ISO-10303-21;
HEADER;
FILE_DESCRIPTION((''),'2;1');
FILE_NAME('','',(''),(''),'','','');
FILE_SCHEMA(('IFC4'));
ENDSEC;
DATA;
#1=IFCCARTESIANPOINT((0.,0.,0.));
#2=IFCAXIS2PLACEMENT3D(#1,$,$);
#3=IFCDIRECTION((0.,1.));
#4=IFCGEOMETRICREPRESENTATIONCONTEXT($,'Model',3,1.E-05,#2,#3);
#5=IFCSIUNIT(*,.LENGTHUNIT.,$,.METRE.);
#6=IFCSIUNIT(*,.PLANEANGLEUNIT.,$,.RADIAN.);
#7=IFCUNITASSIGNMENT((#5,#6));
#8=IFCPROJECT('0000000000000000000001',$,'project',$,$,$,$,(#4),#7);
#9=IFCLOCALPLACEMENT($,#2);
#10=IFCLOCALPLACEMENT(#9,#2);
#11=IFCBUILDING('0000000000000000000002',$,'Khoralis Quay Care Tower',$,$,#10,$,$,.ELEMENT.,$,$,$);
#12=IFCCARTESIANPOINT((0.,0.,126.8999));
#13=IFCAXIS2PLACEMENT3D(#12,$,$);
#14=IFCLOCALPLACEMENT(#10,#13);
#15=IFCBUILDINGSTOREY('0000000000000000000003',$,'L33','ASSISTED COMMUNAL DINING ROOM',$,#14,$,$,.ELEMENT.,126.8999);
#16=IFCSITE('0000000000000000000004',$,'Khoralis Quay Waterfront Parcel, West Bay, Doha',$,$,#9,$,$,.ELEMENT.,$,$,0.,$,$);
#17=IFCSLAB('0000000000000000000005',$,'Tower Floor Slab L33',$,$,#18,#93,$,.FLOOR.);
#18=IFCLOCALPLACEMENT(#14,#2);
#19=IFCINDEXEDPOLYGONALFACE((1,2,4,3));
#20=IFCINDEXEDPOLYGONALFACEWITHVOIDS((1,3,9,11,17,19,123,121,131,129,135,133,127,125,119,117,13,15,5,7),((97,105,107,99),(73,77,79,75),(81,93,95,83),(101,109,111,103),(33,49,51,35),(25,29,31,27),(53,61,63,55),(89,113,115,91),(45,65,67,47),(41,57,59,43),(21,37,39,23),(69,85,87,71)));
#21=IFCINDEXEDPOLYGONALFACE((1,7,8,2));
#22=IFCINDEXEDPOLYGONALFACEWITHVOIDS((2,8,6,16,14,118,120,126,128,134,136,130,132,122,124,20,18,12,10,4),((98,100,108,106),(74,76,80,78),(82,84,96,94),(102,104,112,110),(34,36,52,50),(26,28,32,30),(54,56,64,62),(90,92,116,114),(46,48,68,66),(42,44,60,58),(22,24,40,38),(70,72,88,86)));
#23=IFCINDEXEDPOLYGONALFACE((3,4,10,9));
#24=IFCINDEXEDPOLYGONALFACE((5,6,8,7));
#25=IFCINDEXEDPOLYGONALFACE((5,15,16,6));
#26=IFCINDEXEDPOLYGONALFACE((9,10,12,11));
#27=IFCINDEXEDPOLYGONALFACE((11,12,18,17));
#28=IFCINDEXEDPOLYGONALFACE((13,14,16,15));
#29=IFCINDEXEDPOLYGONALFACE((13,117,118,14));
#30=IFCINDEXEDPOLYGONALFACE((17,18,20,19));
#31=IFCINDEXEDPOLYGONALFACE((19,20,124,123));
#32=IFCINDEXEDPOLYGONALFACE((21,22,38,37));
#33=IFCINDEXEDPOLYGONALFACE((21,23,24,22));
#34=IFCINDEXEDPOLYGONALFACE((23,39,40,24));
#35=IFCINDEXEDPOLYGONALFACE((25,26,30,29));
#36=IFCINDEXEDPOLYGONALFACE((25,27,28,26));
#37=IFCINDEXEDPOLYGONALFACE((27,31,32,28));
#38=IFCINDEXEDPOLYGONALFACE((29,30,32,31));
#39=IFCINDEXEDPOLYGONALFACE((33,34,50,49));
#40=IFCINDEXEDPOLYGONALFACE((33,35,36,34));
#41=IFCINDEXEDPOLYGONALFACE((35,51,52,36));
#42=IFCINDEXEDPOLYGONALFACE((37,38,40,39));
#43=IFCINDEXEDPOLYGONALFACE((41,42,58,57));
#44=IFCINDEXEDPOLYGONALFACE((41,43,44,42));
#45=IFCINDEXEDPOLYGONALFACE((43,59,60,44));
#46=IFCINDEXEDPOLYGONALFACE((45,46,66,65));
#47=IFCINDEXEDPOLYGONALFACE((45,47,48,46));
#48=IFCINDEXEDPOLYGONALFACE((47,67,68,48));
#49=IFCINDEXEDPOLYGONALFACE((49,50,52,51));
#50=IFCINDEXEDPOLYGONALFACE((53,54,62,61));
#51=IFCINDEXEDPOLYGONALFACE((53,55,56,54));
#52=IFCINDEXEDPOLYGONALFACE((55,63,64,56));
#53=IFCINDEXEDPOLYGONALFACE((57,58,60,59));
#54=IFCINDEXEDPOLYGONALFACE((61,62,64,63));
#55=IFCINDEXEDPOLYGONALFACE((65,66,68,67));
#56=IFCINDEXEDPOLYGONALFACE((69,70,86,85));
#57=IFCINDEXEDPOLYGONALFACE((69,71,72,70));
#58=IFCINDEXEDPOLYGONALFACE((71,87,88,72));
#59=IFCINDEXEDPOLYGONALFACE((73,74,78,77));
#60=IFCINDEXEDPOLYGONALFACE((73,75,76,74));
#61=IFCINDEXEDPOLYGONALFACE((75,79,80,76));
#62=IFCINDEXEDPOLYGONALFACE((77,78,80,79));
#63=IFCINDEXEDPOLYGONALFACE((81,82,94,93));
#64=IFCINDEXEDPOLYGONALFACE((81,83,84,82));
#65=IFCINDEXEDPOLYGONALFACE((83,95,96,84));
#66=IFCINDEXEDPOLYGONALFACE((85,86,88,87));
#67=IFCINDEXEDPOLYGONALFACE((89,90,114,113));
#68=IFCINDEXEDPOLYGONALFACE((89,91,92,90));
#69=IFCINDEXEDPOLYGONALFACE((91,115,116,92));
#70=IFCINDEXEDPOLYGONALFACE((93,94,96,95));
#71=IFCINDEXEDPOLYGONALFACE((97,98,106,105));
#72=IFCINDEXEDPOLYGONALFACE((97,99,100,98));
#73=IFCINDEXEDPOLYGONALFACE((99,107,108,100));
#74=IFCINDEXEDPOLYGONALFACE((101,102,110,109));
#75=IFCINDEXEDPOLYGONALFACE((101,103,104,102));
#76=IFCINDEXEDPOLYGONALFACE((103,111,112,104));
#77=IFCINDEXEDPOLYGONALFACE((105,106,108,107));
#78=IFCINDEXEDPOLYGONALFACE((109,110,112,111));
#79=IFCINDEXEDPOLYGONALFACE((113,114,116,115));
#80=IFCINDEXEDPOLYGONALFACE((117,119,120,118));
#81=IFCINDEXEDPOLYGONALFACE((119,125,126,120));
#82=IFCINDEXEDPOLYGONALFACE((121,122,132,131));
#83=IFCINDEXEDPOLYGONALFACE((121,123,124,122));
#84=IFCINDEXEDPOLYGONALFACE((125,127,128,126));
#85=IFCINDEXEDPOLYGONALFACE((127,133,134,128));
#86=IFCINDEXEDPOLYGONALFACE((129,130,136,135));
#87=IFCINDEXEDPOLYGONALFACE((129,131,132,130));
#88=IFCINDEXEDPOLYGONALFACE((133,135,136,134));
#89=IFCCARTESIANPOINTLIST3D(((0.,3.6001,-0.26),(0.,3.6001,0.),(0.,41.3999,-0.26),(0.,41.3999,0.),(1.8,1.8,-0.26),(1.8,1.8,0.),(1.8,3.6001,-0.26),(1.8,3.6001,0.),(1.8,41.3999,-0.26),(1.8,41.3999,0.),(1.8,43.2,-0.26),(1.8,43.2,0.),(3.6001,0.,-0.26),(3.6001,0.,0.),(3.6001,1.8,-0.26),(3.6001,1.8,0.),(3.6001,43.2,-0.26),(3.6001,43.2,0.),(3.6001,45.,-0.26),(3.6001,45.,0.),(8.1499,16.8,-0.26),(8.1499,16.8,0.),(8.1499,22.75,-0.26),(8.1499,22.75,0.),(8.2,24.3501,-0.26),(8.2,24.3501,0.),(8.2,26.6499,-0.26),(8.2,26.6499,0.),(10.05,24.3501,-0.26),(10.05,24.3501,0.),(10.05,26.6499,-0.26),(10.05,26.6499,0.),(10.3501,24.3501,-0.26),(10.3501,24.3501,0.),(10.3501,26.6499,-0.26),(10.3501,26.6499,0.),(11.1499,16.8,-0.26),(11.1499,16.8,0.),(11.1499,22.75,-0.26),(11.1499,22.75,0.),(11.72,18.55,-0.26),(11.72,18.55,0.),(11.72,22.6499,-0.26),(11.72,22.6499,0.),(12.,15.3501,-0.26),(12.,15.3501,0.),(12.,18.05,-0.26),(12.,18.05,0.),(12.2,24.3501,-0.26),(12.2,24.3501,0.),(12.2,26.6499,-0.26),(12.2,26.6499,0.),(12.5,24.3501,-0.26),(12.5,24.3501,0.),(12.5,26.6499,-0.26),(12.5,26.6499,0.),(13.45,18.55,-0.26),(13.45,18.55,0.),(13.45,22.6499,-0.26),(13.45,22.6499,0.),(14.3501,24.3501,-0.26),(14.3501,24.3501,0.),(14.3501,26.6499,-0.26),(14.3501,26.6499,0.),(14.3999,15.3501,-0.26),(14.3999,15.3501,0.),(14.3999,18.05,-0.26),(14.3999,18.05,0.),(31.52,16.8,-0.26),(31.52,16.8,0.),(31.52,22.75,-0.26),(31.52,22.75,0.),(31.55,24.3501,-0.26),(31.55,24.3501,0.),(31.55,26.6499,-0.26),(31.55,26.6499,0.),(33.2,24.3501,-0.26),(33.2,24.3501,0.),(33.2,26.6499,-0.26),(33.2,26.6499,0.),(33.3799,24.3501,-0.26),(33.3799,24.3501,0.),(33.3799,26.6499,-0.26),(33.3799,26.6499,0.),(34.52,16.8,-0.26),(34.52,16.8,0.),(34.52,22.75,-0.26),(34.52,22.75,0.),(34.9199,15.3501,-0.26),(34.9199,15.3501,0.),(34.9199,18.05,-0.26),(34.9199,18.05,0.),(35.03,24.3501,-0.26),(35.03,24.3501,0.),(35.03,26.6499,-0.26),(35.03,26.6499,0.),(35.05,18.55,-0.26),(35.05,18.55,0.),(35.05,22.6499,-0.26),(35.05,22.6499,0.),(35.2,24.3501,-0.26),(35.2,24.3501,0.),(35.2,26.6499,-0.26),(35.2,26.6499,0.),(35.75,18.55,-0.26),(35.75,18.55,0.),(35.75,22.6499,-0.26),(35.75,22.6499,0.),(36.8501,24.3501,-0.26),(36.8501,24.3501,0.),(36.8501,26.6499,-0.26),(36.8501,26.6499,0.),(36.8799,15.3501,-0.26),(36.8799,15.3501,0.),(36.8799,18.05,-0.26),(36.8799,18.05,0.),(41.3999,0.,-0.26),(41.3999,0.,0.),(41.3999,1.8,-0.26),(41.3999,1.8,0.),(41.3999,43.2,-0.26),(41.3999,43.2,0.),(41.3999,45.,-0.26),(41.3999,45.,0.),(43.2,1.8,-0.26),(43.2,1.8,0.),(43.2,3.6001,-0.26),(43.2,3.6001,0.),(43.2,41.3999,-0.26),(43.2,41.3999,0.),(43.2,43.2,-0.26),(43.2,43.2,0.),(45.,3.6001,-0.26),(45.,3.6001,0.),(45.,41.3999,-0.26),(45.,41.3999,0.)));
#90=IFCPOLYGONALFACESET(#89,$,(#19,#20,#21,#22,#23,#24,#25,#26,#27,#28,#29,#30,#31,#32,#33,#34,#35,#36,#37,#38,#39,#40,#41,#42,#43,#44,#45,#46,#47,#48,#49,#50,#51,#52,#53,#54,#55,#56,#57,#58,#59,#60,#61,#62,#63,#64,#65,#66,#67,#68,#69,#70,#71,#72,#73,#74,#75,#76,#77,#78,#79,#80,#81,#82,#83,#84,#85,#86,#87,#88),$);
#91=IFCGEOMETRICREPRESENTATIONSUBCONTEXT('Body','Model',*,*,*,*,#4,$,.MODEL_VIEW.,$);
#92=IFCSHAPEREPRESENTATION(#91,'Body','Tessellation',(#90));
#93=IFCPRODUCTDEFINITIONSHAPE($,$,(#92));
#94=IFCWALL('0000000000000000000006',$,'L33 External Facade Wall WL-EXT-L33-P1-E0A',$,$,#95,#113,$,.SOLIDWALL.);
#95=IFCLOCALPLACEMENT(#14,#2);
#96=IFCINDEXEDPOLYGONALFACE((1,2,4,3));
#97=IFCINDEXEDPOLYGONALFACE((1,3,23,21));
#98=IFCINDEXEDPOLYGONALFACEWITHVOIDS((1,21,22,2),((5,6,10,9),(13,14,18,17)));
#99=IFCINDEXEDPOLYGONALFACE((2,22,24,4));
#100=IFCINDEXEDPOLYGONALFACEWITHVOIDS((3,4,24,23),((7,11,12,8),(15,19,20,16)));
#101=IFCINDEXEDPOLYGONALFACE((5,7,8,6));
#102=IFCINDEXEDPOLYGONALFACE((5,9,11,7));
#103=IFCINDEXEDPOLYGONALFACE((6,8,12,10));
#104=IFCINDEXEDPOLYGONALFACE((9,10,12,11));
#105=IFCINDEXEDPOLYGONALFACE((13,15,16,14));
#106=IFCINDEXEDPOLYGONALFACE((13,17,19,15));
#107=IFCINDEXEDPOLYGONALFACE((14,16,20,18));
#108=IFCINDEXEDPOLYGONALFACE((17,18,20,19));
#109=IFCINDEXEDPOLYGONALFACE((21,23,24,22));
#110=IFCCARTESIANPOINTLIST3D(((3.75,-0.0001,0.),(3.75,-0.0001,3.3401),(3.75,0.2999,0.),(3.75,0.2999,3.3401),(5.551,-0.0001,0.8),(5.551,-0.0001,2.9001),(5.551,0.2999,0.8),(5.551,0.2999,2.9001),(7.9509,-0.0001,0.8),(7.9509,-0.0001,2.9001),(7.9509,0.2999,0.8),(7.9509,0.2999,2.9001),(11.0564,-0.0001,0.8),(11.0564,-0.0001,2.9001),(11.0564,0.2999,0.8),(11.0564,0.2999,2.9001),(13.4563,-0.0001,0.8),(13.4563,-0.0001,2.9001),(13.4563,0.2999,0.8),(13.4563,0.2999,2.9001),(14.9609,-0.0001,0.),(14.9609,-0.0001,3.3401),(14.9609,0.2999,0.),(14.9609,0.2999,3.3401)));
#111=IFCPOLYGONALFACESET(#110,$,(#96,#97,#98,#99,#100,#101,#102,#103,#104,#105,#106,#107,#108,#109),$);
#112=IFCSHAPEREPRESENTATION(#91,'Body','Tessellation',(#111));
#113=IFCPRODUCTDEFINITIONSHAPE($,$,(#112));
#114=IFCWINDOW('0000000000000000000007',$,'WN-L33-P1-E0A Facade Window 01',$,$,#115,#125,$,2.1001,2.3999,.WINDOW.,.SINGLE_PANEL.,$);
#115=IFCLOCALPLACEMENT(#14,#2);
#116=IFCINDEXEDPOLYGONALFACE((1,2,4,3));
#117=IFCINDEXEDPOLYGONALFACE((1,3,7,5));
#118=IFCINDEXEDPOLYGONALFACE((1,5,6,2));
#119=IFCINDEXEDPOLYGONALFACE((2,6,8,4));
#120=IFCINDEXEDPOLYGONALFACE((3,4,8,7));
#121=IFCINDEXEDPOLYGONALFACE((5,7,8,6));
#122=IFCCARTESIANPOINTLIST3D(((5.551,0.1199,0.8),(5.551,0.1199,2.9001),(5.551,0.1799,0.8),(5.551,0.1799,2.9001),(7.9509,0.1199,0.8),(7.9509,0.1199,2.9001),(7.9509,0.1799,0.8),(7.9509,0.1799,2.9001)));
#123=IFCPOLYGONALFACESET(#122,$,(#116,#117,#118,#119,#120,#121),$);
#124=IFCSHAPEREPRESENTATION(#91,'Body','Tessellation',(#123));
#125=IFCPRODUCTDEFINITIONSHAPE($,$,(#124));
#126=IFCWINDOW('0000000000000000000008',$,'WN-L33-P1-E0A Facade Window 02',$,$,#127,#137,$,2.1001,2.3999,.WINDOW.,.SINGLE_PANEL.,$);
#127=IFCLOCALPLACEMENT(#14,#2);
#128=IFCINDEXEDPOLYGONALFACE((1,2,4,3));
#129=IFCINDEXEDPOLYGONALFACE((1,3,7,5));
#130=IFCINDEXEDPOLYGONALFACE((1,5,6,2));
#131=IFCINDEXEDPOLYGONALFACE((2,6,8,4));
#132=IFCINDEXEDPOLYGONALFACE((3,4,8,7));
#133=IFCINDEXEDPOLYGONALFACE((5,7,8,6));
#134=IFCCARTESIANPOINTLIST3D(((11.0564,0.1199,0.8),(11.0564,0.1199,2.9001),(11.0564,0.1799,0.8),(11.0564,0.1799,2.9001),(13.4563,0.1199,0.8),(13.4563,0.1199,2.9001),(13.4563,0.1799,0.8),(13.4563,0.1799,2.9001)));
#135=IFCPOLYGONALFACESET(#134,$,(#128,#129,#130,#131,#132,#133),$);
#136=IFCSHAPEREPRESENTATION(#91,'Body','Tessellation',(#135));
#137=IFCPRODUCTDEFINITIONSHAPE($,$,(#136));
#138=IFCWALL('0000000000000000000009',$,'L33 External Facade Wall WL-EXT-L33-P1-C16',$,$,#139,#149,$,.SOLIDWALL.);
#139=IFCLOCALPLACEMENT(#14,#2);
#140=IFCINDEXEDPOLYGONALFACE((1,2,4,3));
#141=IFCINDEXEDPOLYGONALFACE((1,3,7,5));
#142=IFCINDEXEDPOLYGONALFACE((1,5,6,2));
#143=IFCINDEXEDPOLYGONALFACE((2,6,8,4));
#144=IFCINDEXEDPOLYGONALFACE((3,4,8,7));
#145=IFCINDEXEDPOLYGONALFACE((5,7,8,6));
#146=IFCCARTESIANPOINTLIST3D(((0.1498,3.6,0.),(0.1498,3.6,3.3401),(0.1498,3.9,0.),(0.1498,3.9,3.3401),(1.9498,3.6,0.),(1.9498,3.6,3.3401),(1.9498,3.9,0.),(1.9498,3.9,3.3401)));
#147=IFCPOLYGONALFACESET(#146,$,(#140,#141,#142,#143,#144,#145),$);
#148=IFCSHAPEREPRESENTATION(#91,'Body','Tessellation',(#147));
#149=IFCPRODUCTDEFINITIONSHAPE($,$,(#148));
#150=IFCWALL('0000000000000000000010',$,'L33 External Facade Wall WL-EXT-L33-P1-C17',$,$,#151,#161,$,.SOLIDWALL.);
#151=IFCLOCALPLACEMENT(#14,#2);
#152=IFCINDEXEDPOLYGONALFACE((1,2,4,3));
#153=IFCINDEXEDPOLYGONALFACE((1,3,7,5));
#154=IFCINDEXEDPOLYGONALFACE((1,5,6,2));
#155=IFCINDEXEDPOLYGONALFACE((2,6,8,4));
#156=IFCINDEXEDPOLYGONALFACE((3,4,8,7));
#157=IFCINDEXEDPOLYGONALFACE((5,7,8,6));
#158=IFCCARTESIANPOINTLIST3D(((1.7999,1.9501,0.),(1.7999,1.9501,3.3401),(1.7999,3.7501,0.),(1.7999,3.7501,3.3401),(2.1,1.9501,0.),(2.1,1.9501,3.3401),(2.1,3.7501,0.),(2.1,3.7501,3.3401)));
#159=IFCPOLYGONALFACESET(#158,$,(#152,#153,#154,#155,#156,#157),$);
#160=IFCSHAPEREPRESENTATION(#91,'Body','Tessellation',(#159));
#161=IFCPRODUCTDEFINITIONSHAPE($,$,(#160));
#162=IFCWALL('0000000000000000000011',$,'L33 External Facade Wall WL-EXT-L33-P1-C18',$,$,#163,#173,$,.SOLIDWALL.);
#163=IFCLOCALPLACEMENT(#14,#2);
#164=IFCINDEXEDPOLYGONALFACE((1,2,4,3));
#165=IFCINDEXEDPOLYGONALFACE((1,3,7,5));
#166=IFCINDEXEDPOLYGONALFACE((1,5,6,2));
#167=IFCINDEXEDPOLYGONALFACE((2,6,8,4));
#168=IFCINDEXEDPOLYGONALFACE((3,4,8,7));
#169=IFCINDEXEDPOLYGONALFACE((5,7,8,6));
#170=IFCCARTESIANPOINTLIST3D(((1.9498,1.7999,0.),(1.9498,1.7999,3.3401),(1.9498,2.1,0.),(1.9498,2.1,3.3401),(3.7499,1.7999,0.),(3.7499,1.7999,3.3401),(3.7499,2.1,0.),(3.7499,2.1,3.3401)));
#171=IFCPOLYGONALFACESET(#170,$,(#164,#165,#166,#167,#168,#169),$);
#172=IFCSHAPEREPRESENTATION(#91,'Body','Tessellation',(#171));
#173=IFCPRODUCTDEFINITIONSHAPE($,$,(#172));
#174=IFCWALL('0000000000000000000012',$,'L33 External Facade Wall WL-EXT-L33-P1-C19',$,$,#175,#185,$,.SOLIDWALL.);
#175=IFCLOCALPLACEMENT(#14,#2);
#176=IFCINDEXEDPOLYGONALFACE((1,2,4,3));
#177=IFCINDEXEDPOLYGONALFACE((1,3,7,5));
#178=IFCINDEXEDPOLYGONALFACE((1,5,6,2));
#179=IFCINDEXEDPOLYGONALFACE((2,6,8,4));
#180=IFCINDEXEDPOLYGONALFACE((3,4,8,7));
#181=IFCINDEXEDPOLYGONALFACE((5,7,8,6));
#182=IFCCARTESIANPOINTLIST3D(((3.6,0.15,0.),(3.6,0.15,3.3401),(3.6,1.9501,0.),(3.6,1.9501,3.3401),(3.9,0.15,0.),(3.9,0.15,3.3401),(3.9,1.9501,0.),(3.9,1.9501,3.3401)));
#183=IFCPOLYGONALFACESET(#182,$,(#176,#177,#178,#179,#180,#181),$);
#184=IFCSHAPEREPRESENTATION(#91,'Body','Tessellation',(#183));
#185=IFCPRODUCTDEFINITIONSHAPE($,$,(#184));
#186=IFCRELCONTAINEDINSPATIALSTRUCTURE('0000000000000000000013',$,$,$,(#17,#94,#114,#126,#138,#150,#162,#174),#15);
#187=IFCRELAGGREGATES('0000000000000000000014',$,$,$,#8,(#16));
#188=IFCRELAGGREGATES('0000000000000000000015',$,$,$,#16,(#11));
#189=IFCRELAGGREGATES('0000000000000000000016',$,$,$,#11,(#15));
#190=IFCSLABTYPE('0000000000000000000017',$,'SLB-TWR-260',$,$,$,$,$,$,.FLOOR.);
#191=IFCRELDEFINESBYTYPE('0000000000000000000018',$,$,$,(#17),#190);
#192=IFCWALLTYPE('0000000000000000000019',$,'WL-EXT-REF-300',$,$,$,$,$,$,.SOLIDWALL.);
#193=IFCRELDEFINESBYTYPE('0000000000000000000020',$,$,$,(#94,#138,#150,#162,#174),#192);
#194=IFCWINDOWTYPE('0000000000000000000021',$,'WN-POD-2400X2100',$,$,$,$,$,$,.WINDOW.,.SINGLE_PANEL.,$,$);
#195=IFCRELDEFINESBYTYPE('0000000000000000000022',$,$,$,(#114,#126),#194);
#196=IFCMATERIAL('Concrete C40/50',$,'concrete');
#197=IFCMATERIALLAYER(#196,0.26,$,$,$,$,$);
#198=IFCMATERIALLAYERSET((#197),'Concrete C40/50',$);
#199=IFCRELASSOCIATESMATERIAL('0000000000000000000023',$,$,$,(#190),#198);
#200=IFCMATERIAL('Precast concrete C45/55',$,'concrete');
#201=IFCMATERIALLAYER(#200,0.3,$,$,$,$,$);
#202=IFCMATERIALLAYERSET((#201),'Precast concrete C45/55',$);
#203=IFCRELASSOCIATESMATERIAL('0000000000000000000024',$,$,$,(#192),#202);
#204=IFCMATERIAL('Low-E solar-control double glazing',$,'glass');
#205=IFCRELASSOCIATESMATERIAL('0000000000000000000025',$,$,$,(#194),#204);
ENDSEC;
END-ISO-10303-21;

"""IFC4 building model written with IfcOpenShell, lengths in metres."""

from ifc_helpers import new_model, si_unit, direction, frame, frame_2d, origin, place, context, subcontext, project, spatial, polyline, rectangle, outline, extrude, source, transform, mapped, material, layer, layer_set, type_object, element, fill, save


model = new_model("IFC4")

# Units and contexts
model_context = context("Model", 3, precision=1e-05, world=origin(), true_north=direction((0.0, 1.0)))
body_context = subcontext(model_context, "Body", "Model", "MODEL_VIEW")
ifc_project = project(units=[si_unit("LENGTHUNIT", "METRE"), si_unit("PLANEANGLEUNIT", "RADIAN")], contexts=[model_context])

# Site, building, storey
site_placement = place(None, origin())
site = spatial("IfcSite", under=ifc_project, at=site_placement, Name="Khoralis Quay Waterfront Parcel, West Bay, Doha", CompositionType="ELEMENT", RefElevation=0.0)
building_placement = place(site_placement, origin())
building = spatial("IfcBuilding", under=site, at=building_placement, Name="Khoralis Quay Care Tower", CompositionType="ELEMENT")
storey_placement = place(building_placement, frame((0.0, 0.0, 126.8999)))
storey = spatial("IfcBuildingStorey", under=building, at=storey_placement, Name="L33", Description="ASSISTED COMMUNAL DINING ROOM", CompositionType="ELEMENT", Elevation=126.8999)

# Shared definitions
ifc_material_1 = material(Name="Precast concrete C45/55", Category="concrete")

# Slab
ifc_material_2 = material(Name="Concrete C40/50", Category="concrete")
ifc_layer_1 = layer(ifc_material_2, 0.26)
ifc_layer_set_1 = layer_set([ifc_layer_1], Name="Concrete C40/50")
slab_type_1 = type_object("IfcSlabType", Name="SLB-TWR-260", PredefinedType="FLOOR", material=ifc_layer_set_1)
slab_1_placement = place(storey_placement, frame((0.0, 0.0, -0.26)))
element("IfcSlab", 1, at=slab_1_placement, inside=storey, type_object=slab_type_1, Name="Tower Floor Slab L33", PredefinedType="FLOOR", context=body_context, shape_type="SweptSolid", body=[
    extrude(outline(polyline([(3.6001, 0.0), (41.3999, 0.0), (41.3999, 1.8), (43.2, 1.8), (43.2, 3.6001), (45.0, 3.6001), (45.0, 41.3999), (43.2, 41.3999), (43.2, 43.2), (41.3999, 43.2), (41.3999, 45.0), (3.6001, 45.0), (3.6001, 43.2), (1.8, 43.2), (1.8, 41.3999), (0.0, 41.3999), (0.0, 3.6001), (1.8, 3.6001), (1.8, 1.8), (3.6001, 1.8), (3.6001, 0.0)]), holes=[polyline([(11.1499, 16.8), (11.1499, 22.75), (8.1499, 22.75), (8.1499, 16.8), (11.1499, 16.8)]), polyline([(34.52, 16.8), (34.52, 22.75), (31.52, 22.75), (31.52, 16.8), (34.52, 16.8)]), polyline([(12.0, 15.3501), (14.3999, 15.3501), (14.3999, 18.05), (12.0, 18.05), (12.0, 15.3501)]), polyline([(34.9199, 15.3501), (36.8799, 15.3501), (36.8799, 18.05), (34.9199, 18.05), (34.9199, 15.3501)]), polyline([(8.2, 24.3501), (10.05, 24.3501), (10.05, 26.6499), (8.2, 26.6499), (8.2, 24.3501)]), polyline([(31.55, 24.3501), (33.2, 24.3501), (33.2, 26.6499), (31.55, 26.6499), (31.55, 24.3501)]), polyline([(10.3501, 24.3501), (12.2, 24.3501), (12.2, 26.6499), (10.3501, 26.6499), (10.3501, 24.3501)]), polyline([(33.3799, 24.3501), (35.03, 24.3501), (35.03, 26.6499), (33.3799, 26.6499), (33.3799, 24.3501)]), polyline([(12.5, 24.3501), (14.3501, 24.3501), (14.3501, 26.6499), (12.5, 26.6499), (12.5, 24.3501)]), polyline([(35.2, 24.3501), (36.8501, 24.3501), (36.8501, 26.6499), (35.2, 26.6499), (35.2, 24.3501)]), polyline([(11.72, 18.55), (13.45, 18.55), (13.45, 22.6499), (11.72, 22.6499), (11.72, 18.55)]), polyline([(35.05, 18.55), (35.75, 18.55), (35.75, 22.6499), (35.05, 22.6499), (35.05, 18.55)])]), origin(), (0.0, 0.0, 1.0), 0.26),
])

# Wall, openings, windows
ifc_layer_2 = layer(ifc_material_1, 0.3)
ifc_layer_set_2 = layer_set([ifc_layer_2], Name="Precast concrete C45/55")
wall_type_1 = type_object("IfcWallType", Name="WL-EXT-REF-300", PredefinedType="SOLIDWALL", material=ifc_layer_set_2)
wall_1_placement = place(storey_placement, frame((3.75, 0.1499, 0.0), z_axis=(0.0, 0.0, 1.0), x_axis=(1.0, 0.0, 0.0)))
wall_1 = element("IfcWall", 2, at=wall_1_placement, inside=storey, type_object=wall_type_1, Name="L33 External Facade Wall WL-EXT-L33-P1-E0A", PredefinedType="SOLIDWALL", context=body_context, shape_type="SweptSolid", body=[
    extrude(rectangle(XDim=11.2109, YDim=0.3, at=frame_2d((5.6055, 0.0))), origin(), (0.0, 0.0, 1.0), 3.3401),
])
opening_1_placement = place(wall_1_placement, frame((1.801, 0.0, 0.8)))
opening_1 = element("IfcOpeningElement", 3, at=opening_1_placement, cuts=wall_1, PredefinedType="OPENING", context=body_context, shape_type="SweptSolid", body=[
    extrude(rectangle(XDim=2.3999, YDim=2.1001, at=frame_2d((1.2, 1.05))), frame((0.0, 0.1602, 0.0), z_axis=(0.0, -1.0, 0.0), x_axis=(1.0, 0.0, 0.0)), (0.0, 0.0, 1.0), 0.3201),
])
opening_2_placement = place(wall_1_placement, frame((7.3064, 0.0, 0.8)))
opening_2 = element("IfcOpeningElement", 4, at=opening_2_placement, cuts=wall_1, PredefinedType="OPENING", context=body_context, shape_type="SweptSolid", body=[
    extrude(rectangle(XDim=2.3999, YDim=2.1001, at=frame_2d((1.2, 1.05))), frame((0.0, 0.1602, 0.0), z_axis=(0.0, -1.0, 0.0), x_axis=(1.0, 0.0, 0.0)), (0.0, 0.0, 1.0), 0.3201),
])
ifc_material_3 = material(Name="Low-E solar-control double glazing", Category="glass")
window_type = type_object("IfcWindowType", Name="WN-POD-2400X2100", PartitioningType="SINGLE_PANEL", PredefinedType="WINDOW", material=ifc_material_3)
shared_shape_1 = source(origin(), body_context, "Body", "SweptSolid", [
    extrude(rectangle(XDim=2.3999, YDim=2.1001, at=frame_2d((1.2, 1.05))), frame((0.0, 0.03, 0.0), z_axis=(0.0, -1.0, 0.0), x_axis=(1.0, 0.0, 0.0)), (0.0, 0.0, 1.0), 0.0601),
])
window_1_placement = place(opening_1_placement, origin())
window_1 = element("IfcWindow", 5, at=window_1_placement, inside=storey, type_object=window_type, Name="WN-L33-P1-E0A Facade Window 01", OverallHeight=2.1001, OverallWidth=2.3999, PartitioningType="SINGLE_PANEL", PredefinedType="WINDOW", context=body_context, shape_type="MappedRepresentation", body=[
    mapped(shared_shape_1, transform((0.0, 0.0, 0.0), scale=1.0)),
])
fill(opening_1, window_1)
window_2_placement = place(opening_2_placement, origin())
window_2 = element("IfcWindow", 6, at=window_2_placement, inside=storey, type_object=window_type, Name="WN-L33-P1-E0A Facade Window 02", OverallHeight=2.1001, OverallWidth=2.3999, PartitioningType="SINGLE_PANEL", PredefinedType="WINDOW", context=body_context, shape_type="MappedRepresentation", body=[
    mapped(shared_shape_1, transform((0.0, 0.0, 0.0), scale=1.0)),
])
fill(opening_2, window_2)

# Walls
for number, where, z_axis, x_axis, name in (
    (7, (0.1499, 3.75, 0.0), (0.0, 0.0, 1.0), (1.0, 0.0, 0.0), "L33 External Facade Wall WL-EXT-L33-P1-C16"),
    (8, (1.95, 3.75, 0.0), (0.0, 0.0, 1.0), (0.0, -1.0, 0.0), "L33 External Facade Wall WL-EXT-L33-P1-C17"),
    (9, (1.95, 1.95, 0.0), (0.0, 0.0, 1.0), (1.0, 0.0, 0.0), "L33 External Facade Wall WL-EXT-L33-P1-C18"),
    (10, (3.75, 1.95, 0.0), (0.0, 0.0, 1.0), (0.0, -1.0, 0.0), "L33 External Facade Wall WL-EXT-L33-P1-C19"),
):
    element("IfcWall", number, at=place(storey_placement, frame(where, z_axis=z_axis, x_axis=x_axis)), inside=storey, type_object=wall_type_1, Name=name, PredefinedType="SOLIDWALL", context=body_context, shape_type="SweptSolid", body=[
        extrude(rectangle(XDim=1.8, YDim=0.3, at=frame_2d((0.8999, 0.0))), origin(), (0.0, 0.0, 1.0), 3.3401),
    ])

save(model, "model.ifc")
